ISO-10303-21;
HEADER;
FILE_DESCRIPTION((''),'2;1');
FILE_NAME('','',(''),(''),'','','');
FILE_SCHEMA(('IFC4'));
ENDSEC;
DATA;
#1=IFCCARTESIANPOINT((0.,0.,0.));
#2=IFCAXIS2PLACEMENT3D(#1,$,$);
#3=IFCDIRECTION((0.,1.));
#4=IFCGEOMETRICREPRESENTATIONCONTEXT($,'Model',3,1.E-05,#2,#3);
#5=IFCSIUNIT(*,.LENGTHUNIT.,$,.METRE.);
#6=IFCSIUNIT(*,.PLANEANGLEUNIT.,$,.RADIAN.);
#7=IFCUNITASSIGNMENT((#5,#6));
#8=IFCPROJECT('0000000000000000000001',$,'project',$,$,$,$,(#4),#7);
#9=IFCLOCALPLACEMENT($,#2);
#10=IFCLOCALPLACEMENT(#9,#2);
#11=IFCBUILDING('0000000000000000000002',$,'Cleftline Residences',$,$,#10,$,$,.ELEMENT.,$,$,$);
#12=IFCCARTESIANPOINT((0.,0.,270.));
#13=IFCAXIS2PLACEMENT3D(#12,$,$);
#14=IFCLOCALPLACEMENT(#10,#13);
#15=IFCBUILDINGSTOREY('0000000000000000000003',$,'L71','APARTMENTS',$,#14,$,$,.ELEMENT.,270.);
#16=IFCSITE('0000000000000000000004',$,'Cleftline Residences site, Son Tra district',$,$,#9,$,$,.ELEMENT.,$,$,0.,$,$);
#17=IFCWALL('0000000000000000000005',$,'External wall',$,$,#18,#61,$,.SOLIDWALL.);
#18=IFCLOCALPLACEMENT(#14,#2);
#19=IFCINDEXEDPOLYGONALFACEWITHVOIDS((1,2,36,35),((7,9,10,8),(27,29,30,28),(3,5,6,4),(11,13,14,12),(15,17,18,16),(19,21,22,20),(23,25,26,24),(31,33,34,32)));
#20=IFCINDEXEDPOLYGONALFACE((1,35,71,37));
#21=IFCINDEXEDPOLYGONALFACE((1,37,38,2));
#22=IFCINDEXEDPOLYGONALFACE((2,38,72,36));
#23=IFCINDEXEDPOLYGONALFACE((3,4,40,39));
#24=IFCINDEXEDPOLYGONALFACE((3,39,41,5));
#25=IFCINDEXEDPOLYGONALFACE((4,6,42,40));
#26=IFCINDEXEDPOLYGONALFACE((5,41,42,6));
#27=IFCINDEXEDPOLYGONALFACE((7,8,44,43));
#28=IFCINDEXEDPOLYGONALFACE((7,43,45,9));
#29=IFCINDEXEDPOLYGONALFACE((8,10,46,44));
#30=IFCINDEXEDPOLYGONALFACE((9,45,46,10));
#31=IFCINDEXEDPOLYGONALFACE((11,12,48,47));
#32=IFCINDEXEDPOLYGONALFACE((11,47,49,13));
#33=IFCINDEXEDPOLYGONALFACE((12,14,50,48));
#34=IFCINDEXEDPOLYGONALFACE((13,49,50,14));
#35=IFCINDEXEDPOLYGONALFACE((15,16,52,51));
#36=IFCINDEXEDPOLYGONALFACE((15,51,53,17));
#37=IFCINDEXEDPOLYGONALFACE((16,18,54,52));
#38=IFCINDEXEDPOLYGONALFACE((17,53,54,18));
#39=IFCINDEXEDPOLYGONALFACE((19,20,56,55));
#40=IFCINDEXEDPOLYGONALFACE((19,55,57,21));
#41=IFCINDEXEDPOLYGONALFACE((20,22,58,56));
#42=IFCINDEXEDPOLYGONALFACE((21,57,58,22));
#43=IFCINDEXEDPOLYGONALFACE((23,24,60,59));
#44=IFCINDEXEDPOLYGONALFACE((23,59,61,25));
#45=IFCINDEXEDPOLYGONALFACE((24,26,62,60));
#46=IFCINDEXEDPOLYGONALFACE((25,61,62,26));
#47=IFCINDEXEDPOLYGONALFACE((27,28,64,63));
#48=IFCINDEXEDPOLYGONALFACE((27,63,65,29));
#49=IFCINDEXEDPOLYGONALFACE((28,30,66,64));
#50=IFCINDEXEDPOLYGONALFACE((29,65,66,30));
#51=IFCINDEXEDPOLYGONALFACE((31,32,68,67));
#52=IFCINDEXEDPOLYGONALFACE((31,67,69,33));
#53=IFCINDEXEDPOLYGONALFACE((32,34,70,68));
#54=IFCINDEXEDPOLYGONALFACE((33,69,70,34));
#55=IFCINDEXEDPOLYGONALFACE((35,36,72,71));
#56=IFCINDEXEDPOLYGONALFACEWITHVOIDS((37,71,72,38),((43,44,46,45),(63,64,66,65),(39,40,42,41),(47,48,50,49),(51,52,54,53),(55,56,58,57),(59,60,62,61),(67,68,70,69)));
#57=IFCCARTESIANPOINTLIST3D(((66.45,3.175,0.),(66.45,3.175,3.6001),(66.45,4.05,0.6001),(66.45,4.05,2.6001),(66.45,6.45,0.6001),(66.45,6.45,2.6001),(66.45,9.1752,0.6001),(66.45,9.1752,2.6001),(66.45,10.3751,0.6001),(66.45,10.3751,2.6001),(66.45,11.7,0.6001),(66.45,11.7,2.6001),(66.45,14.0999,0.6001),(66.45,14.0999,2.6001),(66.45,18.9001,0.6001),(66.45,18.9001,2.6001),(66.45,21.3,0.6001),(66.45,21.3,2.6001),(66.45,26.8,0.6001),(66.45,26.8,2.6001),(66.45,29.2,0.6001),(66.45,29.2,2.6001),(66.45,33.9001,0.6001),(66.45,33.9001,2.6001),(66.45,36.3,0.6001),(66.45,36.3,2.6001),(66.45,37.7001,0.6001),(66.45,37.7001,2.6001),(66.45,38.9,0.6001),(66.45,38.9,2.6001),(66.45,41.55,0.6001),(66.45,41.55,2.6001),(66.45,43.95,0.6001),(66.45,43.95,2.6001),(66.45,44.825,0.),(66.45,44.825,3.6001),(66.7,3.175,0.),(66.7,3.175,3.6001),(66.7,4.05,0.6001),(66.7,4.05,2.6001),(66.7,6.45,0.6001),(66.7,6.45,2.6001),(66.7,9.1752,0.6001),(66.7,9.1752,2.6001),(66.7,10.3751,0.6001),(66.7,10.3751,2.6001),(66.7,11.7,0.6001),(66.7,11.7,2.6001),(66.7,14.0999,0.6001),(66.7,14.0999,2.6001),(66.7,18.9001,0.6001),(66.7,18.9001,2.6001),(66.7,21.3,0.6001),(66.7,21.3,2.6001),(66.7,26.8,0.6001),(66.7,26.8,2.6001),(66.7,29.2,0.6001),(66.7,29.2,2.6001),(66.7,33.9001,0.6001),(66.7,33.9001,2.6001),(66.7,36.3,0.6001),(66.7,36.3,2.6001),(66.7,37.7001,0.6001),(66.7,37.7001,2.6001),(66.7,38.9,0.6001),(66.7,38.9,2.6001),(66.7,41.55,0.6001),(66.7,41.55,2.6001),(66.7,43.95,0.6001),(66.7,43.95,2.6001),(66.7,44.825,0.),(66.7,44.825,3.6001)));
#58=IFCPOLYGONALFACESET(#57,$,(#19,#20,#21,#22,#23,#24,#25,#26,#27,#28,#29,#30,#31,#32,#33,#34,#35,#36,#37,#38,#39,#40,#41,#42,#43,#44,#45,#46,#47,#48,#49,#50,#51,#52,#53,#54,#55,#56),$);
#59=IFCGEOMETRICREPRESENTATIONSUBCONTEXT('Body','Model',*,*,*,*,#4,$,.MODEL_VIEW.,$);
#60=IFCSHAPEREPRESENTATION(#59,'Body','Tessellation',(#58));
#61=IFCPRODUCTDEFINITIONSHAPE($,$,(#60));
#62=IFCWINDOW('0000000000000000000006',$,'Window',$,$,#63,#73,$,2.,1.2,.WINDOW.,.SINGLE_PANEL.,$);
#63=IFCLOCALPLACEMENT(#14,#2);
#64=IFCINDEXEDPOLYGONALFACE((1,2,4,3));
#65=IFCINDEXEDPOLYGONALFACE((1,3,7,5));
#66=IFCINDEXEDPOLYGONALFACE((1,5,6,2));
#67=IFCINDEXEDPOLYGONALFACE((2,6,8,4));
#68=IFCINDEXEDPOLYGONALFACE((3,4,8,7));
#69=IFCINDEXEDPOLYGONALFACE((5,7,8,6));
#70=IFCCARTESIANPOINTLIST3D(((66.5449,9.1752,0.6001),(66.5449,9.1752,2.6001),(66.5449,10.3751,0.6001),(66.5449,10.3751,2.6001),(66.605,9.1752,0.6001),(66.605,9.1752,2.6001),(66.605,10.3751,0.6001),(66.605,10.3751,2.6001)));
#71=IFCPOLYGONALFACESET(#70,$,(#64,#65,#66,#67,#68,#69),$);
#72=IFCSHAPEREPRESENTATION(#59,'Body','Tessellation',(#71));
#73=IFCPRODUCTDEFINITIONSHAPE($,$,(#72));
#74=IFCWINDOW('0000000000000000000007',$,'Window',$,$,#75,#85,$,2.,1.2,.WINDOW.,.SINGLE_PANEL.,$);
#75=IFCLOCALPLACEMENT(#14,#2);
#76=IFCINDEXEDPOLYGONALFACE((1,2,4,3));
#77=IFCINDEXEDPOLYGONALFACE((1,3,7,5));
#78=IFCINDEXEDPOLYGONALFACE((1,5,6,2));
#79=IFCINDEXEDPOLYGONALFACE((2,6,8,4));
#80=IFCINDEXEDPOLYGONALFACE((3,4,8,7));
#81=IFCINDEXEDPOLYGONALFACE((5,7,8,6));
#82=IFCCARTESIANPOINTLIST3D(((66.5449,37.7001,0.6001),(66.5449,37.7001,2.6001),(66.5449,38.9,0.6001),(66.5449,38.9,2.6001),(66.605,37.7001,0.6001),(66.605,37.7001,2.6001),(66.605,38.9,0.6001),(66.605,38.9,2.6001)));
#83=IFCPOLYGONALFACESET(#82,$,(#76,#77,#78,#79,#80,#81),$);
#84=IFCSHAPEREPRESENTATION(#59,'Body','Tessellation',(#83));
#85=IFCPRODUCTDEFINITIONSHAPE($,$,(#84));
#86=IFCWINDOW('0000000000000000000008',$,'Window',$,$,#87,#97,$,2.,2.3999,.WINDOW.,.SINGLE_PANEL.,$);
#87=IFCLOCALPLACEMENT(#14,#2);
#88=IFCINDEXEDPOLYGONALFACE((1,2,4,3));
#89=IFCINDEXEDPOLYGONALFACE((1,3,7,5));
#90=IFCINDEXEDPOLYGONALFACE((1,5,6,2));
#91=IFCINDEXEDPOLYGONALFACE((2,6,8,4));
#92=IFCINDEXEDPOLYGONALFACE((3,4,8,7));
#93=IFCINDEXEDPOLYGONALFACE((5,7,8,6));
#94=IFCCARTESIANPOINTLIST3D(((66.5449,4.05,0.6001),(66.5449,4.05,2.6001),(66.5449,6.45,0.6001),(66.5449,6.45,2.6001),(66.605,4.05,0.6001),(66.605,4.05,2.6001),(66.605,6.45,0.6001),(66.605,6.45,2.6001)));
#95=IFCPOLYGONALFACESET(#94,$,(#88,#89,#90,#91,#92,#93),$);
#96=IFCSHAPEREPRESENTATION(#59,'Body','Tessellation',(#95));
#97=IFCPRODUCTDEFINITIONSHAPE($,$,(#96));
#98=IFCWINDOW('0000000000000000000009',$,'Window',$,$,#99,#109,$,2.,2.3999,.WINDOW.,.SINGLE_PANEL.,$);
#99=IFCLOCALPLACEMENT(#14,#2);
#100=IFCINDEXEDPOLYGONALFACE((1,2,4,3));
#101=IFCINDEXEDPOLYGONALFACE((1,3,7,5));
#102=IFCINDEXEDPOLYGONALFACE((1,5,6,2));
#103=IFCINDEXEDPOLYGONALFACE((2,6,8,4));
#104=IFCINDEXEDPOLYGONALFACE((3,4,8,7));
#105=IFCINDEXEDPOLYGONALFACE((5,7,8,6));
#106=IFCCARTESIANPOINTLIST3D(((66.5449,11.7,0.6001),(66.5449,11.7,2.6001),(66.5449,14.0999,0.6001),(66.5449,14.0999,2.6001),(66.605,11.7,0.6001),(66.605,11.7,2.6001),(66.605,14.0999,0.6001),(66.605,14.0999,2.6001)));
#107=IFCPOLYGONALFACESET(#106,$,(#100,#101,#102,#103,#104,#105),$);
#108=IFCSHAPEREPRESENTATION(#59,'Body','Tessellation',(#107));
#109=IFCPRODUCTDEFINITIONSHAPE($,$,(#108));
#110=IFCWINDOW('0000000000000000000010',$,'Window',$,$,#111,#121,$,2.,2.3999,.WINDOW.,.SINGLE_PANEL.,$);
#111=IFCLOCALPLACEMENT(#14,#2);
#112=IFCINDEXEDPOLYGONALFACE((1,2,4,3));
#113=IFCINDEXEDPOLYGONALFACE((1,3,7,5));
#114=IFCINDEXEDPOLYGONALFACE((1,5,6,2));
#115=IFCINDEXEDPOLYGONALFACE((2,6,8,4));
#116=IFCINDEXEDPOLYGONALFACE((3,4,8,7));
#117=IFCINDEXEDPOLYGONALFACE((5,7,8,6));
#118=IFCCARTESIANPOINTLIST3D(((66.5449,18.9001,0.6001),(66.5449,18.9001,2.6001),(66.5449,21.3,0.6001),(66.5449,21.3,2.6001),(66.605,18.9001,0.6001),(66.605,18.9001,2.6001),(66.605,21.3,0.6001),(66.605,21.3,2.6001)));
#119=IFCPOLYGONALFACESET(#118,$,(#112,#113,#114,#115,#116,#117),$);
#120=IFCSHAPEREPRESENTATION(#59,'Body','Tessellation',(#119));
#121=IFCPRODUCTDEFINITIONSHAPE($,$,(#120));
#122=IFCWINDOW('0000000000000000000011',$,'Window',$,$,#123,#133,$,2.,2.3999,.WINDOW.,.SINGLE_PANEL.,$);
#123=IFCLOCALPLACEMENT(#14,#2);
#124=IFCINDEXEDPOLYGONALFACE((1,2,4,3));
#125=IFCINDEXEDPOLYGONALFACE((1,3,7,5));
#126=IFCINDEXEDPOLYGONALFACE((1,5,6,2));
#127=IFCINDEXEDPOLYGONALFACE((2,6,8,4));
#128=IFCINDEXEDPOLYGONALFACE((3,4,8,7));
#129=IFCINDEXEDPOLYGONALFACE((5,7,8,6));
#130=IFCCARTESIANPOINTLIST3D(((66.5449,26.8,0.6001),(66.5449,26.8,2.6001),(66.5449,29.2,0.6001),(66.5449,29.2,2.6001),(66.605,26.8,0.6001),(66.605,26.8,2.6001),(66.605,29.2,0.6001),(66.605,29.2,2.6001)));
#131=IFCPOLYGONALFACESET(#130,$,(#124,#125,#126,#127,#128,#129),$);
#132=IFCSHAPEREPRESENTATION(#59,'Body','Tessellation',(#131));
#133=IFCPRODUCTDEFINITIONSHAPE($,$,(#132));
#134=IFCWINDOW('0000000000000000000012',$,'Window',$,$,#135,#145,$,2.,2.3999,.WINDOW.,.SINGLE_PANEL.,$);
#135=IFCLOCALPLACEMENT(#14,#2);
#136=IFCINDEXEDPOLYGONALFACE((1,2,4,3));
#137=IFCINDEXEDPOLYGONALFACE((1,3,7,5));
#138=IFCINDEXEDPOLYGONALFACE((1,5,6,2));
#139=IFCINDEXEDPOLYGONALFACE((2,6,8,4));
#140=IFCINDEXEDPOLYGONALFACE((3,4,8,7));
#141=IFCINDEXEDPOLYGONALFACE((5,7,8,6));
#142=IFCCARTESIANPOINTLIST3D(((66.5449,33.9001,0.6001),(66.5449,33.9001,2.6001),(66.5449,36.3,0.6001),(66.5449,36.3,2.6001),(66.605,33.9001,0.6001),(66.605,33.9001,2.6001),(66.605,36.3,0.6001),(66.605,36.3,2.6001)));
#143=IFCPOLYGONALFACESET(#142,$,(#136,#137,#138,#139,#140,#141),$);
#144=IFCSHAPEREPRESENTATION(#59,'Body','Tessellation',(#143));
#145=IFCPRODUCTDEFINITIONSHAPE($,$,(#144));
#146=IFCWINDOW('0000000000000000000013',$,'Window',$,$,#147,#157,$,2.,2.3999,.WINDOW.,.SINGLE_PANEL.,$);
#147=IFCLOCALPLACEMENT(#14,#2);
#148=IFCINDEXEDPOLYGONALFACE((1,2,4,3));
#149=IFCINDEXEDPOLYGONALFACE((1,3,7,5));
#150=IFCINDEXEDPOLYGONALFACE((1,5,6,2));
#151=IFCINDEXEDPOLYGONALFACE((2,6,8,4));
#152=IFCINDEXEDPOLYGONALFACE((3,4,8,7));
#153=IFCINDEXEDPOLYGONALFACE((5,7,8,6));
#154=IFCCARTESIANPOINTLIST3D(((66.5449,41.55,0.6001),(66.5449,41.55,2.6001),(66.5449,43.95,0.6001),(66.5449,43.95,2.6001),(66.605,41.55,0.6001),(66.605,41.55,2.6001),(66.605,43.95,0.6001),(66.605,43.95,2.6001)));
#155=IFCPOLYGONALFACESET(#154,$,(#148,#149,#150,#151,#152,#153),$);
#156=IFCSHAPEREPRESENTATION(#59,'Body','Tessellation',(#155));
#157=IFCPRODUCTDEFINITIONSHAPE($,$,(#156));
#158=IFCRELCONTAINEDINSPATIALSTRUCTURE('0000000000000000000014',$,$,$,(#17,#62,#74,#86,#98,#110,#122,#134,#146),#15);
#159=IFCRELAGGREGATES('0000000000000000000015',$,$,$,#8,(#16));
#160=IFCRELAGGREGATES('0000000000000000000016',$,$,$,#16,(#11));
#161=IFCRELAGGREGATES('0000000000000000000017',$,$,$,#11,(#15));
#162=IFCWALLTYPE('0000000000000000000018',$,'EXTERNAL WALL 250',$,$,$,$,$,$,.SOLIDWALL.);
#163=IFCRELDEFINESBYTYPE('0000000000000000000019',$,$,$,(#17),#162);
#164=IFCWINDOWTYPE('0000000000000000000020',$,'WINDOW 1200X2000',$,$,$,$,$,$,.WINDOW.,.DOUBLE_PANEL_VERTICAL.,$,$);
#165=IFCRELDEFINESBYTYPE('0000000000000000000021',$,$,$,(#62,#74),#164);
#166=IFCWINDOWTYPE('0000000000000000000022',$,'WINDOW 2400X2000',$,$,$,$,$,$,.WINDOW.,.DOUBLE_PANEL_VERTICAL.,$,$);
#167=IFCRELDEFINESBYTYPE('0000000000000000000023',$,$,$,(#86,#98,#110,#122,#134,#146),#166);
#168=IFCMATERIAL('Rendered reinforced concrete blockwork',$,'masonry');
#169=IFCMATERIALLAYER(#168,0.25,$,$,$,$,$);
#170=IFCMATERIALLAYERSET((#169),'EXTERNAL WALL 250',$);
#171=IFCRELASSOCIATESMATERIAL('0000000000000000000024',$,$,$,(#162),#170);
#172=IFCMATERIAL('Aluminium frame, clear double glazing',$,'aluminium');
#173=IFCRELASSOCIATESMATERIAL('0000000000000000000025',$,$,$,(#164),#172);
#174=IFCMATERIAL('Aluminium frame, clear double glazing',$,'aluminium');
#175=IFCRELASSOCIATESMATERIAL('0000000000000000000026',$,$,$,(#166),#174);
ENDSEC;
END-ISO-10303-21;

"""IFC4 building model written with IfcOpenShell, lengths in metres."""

from ifc_helpers import new_model, si_unit, direction, frame, frame_2d, origin, place, context, subcontext, project, spatial, rectangle, extrude, material, layer, layer_set, type_object, element, fill, save


model = new_model("IFC4")

# Units and contexts
model_context = context("Model", 3, precision=1e-05, world=origin(), true_north=direction((0.0, 1.0)))
body_context = subcontext(model_context, "Body", "Model", "MODEL_VIEW")
ifc_project = project(units=[si_unit("LENGTHUNIT", "METRE"), si_unit("PLANEANGLEUNIT", "RADIAN")], contexts=[model_context])

# Site, building, storey
site_placement = place(None, origin())
site = spatial("IfcSite", under=ifc_project, at=site_placement, Name="Cleftline Residences site, Son Tra district", CompositionType="ELEMENT", RefElevation=0.0)
building_placement = place(site_placement, origin())
building = spatial("IfcBuilding", under=site, at=building_placement, Name="Cleftline Residences", CompositionType="ELEMENT")
storey_placement = place(building_placement, frame((0.0, 0.0, 270.0)))
storey = spatial("IfcBuildingStorey", under=building, at=storey_placement, Name="L71", Description="APARTMENTS", CompositionType="ELEMENT", Elevation=270.0)

# Wall, openings, windows
ifc_material_1 = material(Name="Rendered reinforced concrete blockwork", Category="masonry")
ifc_layer_1 = layer(ifc_material_1, 0.25)
ifc_layer_set_1 = layer_set([ifc_layer_1], Name="EXTERNAL WALL 250")
wall_type = type_object("IfcWallType", Name="EXTERNAL WALL 250", PredefinedType="SOLIDWALL", material=ifc_layer_set_1)
wall_placement = place(storey_placement, frame((66.575, 3.175, 0.0), z_axis=(0.0, 0.0, 1.0), x_axis=(0.0, 1.0, 0.0)))
wall = element("IfcWall", 1, at=wall_placement, inside=storey, type_object=wall_type, Name="External wall", PredefinedType="SOLIDWALL", context=body_context, shape_type="SweptSolid", body=[
    extrude(rectangle(XDim=41.6499, YDim=0.25, at=frame_2d((20.825, 0.0))), origin(), (0.0, 0.0, 1.0), 3.6001),
])
opening_1_placement = place(wall_placement, frame((0.875, 0.0, 0.6001)))
opening_1 = element("IfcOpeningElement", 2, at=opening_1_placement, cuts=wall, PredefinedType="OPENING", context=body_context, shape_type="SweptSolid", body=[
    extrude(rectangle(XDim=2.3999, YDim=2.0, at=frame_2d((1.2, 1.0))), frame((0.0, 0.135, 0.0), z_axis=(0.0, -1.0, 0.0), x_axis=(1.0, 0.0, 0.0)), (0.0, 0.0, 1.0), 0.27),
])
opening_2_placement = place(wall_placement, frame((6.0, 0.0, 0.6001)))
opening_2 = element("IfcOpeningElement", 3, at=opening_2_placement, cuts=wall, PredefinedType="OPENING", context=body_context, shape_type="SweptSolid", body=[
    extrude(rectangle(XDim=1.2, YDim=2.0, at=frame_2d((0.6001, 1.0))), frame((0.0, 0.135, 0.0), z_axis=(0.0, -1.0, 0.0), x_axis=(1.0, 0.0, 0.0)), (0.0, 0.0, 1.0), 0.27),
])
opening_3_placement = place(wall_placement, frame((8.5249, 0.0, 0.6001)))
opening_3 = element("IfcOpeningElement", 4, at=opening_3_placement, cuts=wall, PredefinedType="OPENING", context=body_context, shape_type="SweptSolid", body=[
    extrude(rectangle(XDim=2.3999, YDim=2.0, at=frame_2d((1.2, 1.0))), frame((0.0, 0.135, 0.0), z_axis=(0.0, -1.0, 0.0), x_axis=(1.0, 0.0, 0.0)), (0.0, 0.0, 1.0), 0.27),
])
opening_4_placement = place(wall_placement, frame((15.7251, 0.0, 0.6001)))
opening_4 = element("IfcOpeningElement", 5, at=opening_4_placement, cuts=wall, PredefinedType="OPENING", context=body_context, shape_type="SweptSolid", body=[
    extrude(rectangle(XDim=2.3999, YDim=2.0, at=frame_2d((1.2, 1.0))), frame((0.0, 0.135, 0.0), z_axis=(0.0, -1.0, 0.0), x_axis=(1.0, 0.0, 0.0)), (0.0, 0.0, 1.0), 0.27),
])
opening_5_placement = place(wall_placement, frame((23.625, 0.0, 0.6001)))
opening_5 = element("IfcOpeningElement", 6, at=opening_5_placement, cuts=wall, PredefinedType="OPENING", context=body_context, shape_type="SweptSolid", body=[
    extrude(rectangle(XDim=2.3999, YDim=2.0, at=frame_2d((1.2, 1.0))), frame((0.0, 0.135, 0.0), z_axis=(0.0, -1.0, 0.0), x_axis=(1.0, 0.0, 0.0)), (0.0, 0.0, 1.0), 0.27),
])
opening_6_placement = place(wall_placement, frame((30.7251, 0.0, 0.6001)))
opening_6 = element("IfcOpeningElement", 7, at=opening_6_placement, cuts=wall, PredefinedType="OPENING", context=body_context, shape_type="SweptSolid", body=[
    extrude(rectangle(XDim=2.3999, YDim=2.0, at=frame_2d((1.2, 1.0))), frame((0.0, 0.135, 0.0), z_axis=(0.0, -1.0, 0.0), x_axis=(1.0, 0.0, 0.0)), (0.0, 0.0, 1.0), 0.27),
])
opening_7_placement = place(wall_placement, frame((34.5249, 0.0, 0.6001)))
opening_7 = element("IfcOpeningElement", 8, at=opening_7_placement, cuts=wall, PredefinedType="OPENING", context=body_context, shape_type="SweptSolid", body=[
    extrude(rectangle(XDim=1.2, YDim=2.0, at=frame_2d((0.6001, 1.0))), frame((0.0, 0.135, 0.0), z_axis=(0.0, -1.0, 0.0), x_axis=(1.0, 0.0, 0.0)), (0.0, 0.0, 1.0), 0.27),
])
opening_8_placement = place(wall_placement, frame((38.375, 0.0, 0.6001)))
opening_8 = element("IfcOpeningElement", 9, at=opening_8_placement, cuts=wall, PredefinedType="OPENING", context=body_context, shape_type="SweptSolid", body=[
    extrude(rectangle(XDim=2.3999, YDim=2.0, at=frame_2d((1.2, 1.0))), frame((0.0, 0.135, 0.0), z_axis=(0.0, -1.0, 0.0), x_axis=(1.0, 0.0, 0.0)), (0.0, 0.0, 1.0), 0.27),
])
ifc_material_2 = material(Name="Aluminium frame, clear double glazing", Category="aluminium")
window_type_1 = type_object("IfcWindowType", Name="WINDOW 1200X2000", PartitioningType="DOUBLE_PANEL_VERTICAL", PredefinedType="WINDOW", material=ifc_material_2)
window_1_placement = place(opening_2_placement, origin())
window_1 = element("IfcWindow", 10, at=window_1_placement, inside=storey, type_object=window_type_1, Name="Window", OverallHeight=2.0, OverallWidth=1.2, PartitioningType="SINGLE_PANEL", PredefinedType="WINDOW", context=body_context, shape_type="SweptSolid", body=[
    extrude(rectangle(XDim=1.2, YDim=2.0, at=frame_2d((0.6001, 1.0))), frame((0.0, 0.03, 0.0), z_axis=(0.0, -1.0, 0.0), x_axis=(1.0, 0.0, 0.0)), (0.0, 0.0, 1.0), 0.0601),
])
fill(opening_2, window_1)
window_2_placement = place(opening_7_placement, origin())
window_2 = element("IfcWindow", 11, at=window_2_placement, inside=storey, type_object=window_type_1, Name="Window", OverallHeight=2.0, OverallWidth=1.2, PartitioningType="SINGLE_PANEL", PredefinedType="WINDOW", context=body_context, shape_type="SweptSolid", body=[
    extrude(rectangle(XDim=1.2, YDim=2.0, at=frame_2d((0.6001, 1.0))), frame((0.0, 0.03, 0.0), z_axis=(0.0, -1.0, 0.0), x_axis=(1.0, 0.0, 0.0)), (0.0, 0.0, 1.0), 0.0601),
])
fill(opening_7, window_2)
ifc_material_3 = material(Name="Aluminium frame, clear double glazing", Category="aluminium")
window_type_2 = type_object("IfcWindowType", Name="WINDOW 2400X2000", PartitioningType="DOUBLE_PANEL_VERTICAL", PredefinedType="WINDOW", material=ifc_material_3)
window_3_placement = place(opening_1_placement, origin())
window_3 = element("IfcWindow", 12, at=window_3_placement, inside=storey, type_object=window_type_2, Name="Window", OverallHeight=2.0, OverallWidth=2.3999, PartitioningType="SINGLE_PANEL", PredefinedType="WINDOW", context=body_context, shape_type="SweptSolid", body=[
    extrude(rectangle(XDim=2.3999, YDim=2.0, at=frame_2d((1.2, 1.0))), frame((0.0, 0.03, 0.0), z_axis=(0.0, -1.0, 0.0), x_axis=(1.0, 0.0, 0.0)), (0.0, 0.0, 1.0), 0.0601),
])
fill(opening_1, window_3)
window_4_placement = place(opening_3_placement, origin())
window_4 = element("IfcWindow", 13, at=window_4_placement, inside=storey, type_object=window_type_2, Name="Window", OverallHeight=2.0, OverallWidth=2.3999, PartitioningType="SINGLE_PANEL", PredefinedType="WINDOW", context=body_context, shape_type="SweptSolid", body=[
    extrude(rectangle(XDim=2.3999, YDim=2.0, at=frame_2d((1.2, 1.0))), frame((0.0, 0.03, 0.0), z_axis=(0.0, -1.0, 0.0), x_axis=(1.0, 0.0, 0.0)), (0.0, 0.0, 1.0), 0.0601),
])
fill(opening_3, window_4)
window_5_placement = place(opening_4_placement, origin())
window_5 = element("IfcWindow", 14, at=window_5_placement, inside=storey, type_object=window_type_2, Name="Window", OverallHeight=2.0, OverallWidth=2.3999, PartitioningType="SINGLE_PANEL", PredefinedType="WINDOW", context=body_context, shape_type="SweptSolid", body=[
    extrude(rectangle(XDim=2.3999, YDim=2.0, at=frame_2d((1.2, 1.0))), frame((0.0, 0.03, 0.0), z_axis=(0.0, -1.0, 0.0), x_axis=(1.0, 0.0, 0.0)), (0.0, 0.0, 1.0), 0.0601),
])
fill(opening_4, window_5)
window_6_placement = place(opening_5_placement, origin())
window_6 = element("IfcWindow", 15, at=window_6_placement, inside=storey, type_object=window_type_2, Name="Window", OverallHeight=2.0, OverallWidth=2.3999, PartitioningType="SINGLE_PANEL", PredefinedType="WINDOW", context=body_context, shape_type="SweptSolid", body=[
    extrude(rectangle(XDim=2.3999, YDim=2.0, at=frame_2d((1.2, 1.0))), frame((0.0, 0.03, 0.0), z_axis=(0.0, -1.0, 0.0), x_axis=(1.0, 0.0, 0.0)), (0.0, 0.0, 1.0), 0.0601),
])
fill(opening_5, window_6)
window_7_placement = place(opening_6_placement, origin())
window_7 = element("IfcWindow", 16, at=window_7_placement, inside=storey, type_object=window_type_2, Name="Window", OverallHeight=2.0, OverallWidth=2.3999, PartitioningType="SINGLE_PANEL", PredefinedType="WINDOW", context=body_context, shape_type="SweptSolid", body=[
    extrude(rectangle(XDim=2.3999, YDim=2.0, at=frame_2d((1.2, 1.0))), frame((0.0, 0.03, 0.0), z_axis=(0.0, -1.0, 0.0), x_axis=(1.0, 0.0, 0.0)), (0.0, 0.0, 1.0), 0.0601),
])
fill(opening_6, window_7)
window_8_placement = place(opening_8_placement, origin())
window_8 = element("IfcWindow", 17, at=window_8_placement, inside=storey, type_object=window_type_2, Name="Window", OverallHeight=2.0, OverallWidth=2.3999, PartitioningType="SINGLE_PANEL", PredefinedType="WINDOW", context=body_context, shape_type="SweptSolid", body=[
    extrude(rectangle(XDim=2.3999, YDim=2.0, at=frame_2d((1.2, 1.0))), frame((0.0, 0.03, 0.0), z_axis=(0.0, -1.0, 0.0), x_axis=(1.0, 0.0, 0.0)), (0.0, 0.0, 1.0), 0.0601),
])
fill(opening_8, window_8)

save(model, "model.ifc")
